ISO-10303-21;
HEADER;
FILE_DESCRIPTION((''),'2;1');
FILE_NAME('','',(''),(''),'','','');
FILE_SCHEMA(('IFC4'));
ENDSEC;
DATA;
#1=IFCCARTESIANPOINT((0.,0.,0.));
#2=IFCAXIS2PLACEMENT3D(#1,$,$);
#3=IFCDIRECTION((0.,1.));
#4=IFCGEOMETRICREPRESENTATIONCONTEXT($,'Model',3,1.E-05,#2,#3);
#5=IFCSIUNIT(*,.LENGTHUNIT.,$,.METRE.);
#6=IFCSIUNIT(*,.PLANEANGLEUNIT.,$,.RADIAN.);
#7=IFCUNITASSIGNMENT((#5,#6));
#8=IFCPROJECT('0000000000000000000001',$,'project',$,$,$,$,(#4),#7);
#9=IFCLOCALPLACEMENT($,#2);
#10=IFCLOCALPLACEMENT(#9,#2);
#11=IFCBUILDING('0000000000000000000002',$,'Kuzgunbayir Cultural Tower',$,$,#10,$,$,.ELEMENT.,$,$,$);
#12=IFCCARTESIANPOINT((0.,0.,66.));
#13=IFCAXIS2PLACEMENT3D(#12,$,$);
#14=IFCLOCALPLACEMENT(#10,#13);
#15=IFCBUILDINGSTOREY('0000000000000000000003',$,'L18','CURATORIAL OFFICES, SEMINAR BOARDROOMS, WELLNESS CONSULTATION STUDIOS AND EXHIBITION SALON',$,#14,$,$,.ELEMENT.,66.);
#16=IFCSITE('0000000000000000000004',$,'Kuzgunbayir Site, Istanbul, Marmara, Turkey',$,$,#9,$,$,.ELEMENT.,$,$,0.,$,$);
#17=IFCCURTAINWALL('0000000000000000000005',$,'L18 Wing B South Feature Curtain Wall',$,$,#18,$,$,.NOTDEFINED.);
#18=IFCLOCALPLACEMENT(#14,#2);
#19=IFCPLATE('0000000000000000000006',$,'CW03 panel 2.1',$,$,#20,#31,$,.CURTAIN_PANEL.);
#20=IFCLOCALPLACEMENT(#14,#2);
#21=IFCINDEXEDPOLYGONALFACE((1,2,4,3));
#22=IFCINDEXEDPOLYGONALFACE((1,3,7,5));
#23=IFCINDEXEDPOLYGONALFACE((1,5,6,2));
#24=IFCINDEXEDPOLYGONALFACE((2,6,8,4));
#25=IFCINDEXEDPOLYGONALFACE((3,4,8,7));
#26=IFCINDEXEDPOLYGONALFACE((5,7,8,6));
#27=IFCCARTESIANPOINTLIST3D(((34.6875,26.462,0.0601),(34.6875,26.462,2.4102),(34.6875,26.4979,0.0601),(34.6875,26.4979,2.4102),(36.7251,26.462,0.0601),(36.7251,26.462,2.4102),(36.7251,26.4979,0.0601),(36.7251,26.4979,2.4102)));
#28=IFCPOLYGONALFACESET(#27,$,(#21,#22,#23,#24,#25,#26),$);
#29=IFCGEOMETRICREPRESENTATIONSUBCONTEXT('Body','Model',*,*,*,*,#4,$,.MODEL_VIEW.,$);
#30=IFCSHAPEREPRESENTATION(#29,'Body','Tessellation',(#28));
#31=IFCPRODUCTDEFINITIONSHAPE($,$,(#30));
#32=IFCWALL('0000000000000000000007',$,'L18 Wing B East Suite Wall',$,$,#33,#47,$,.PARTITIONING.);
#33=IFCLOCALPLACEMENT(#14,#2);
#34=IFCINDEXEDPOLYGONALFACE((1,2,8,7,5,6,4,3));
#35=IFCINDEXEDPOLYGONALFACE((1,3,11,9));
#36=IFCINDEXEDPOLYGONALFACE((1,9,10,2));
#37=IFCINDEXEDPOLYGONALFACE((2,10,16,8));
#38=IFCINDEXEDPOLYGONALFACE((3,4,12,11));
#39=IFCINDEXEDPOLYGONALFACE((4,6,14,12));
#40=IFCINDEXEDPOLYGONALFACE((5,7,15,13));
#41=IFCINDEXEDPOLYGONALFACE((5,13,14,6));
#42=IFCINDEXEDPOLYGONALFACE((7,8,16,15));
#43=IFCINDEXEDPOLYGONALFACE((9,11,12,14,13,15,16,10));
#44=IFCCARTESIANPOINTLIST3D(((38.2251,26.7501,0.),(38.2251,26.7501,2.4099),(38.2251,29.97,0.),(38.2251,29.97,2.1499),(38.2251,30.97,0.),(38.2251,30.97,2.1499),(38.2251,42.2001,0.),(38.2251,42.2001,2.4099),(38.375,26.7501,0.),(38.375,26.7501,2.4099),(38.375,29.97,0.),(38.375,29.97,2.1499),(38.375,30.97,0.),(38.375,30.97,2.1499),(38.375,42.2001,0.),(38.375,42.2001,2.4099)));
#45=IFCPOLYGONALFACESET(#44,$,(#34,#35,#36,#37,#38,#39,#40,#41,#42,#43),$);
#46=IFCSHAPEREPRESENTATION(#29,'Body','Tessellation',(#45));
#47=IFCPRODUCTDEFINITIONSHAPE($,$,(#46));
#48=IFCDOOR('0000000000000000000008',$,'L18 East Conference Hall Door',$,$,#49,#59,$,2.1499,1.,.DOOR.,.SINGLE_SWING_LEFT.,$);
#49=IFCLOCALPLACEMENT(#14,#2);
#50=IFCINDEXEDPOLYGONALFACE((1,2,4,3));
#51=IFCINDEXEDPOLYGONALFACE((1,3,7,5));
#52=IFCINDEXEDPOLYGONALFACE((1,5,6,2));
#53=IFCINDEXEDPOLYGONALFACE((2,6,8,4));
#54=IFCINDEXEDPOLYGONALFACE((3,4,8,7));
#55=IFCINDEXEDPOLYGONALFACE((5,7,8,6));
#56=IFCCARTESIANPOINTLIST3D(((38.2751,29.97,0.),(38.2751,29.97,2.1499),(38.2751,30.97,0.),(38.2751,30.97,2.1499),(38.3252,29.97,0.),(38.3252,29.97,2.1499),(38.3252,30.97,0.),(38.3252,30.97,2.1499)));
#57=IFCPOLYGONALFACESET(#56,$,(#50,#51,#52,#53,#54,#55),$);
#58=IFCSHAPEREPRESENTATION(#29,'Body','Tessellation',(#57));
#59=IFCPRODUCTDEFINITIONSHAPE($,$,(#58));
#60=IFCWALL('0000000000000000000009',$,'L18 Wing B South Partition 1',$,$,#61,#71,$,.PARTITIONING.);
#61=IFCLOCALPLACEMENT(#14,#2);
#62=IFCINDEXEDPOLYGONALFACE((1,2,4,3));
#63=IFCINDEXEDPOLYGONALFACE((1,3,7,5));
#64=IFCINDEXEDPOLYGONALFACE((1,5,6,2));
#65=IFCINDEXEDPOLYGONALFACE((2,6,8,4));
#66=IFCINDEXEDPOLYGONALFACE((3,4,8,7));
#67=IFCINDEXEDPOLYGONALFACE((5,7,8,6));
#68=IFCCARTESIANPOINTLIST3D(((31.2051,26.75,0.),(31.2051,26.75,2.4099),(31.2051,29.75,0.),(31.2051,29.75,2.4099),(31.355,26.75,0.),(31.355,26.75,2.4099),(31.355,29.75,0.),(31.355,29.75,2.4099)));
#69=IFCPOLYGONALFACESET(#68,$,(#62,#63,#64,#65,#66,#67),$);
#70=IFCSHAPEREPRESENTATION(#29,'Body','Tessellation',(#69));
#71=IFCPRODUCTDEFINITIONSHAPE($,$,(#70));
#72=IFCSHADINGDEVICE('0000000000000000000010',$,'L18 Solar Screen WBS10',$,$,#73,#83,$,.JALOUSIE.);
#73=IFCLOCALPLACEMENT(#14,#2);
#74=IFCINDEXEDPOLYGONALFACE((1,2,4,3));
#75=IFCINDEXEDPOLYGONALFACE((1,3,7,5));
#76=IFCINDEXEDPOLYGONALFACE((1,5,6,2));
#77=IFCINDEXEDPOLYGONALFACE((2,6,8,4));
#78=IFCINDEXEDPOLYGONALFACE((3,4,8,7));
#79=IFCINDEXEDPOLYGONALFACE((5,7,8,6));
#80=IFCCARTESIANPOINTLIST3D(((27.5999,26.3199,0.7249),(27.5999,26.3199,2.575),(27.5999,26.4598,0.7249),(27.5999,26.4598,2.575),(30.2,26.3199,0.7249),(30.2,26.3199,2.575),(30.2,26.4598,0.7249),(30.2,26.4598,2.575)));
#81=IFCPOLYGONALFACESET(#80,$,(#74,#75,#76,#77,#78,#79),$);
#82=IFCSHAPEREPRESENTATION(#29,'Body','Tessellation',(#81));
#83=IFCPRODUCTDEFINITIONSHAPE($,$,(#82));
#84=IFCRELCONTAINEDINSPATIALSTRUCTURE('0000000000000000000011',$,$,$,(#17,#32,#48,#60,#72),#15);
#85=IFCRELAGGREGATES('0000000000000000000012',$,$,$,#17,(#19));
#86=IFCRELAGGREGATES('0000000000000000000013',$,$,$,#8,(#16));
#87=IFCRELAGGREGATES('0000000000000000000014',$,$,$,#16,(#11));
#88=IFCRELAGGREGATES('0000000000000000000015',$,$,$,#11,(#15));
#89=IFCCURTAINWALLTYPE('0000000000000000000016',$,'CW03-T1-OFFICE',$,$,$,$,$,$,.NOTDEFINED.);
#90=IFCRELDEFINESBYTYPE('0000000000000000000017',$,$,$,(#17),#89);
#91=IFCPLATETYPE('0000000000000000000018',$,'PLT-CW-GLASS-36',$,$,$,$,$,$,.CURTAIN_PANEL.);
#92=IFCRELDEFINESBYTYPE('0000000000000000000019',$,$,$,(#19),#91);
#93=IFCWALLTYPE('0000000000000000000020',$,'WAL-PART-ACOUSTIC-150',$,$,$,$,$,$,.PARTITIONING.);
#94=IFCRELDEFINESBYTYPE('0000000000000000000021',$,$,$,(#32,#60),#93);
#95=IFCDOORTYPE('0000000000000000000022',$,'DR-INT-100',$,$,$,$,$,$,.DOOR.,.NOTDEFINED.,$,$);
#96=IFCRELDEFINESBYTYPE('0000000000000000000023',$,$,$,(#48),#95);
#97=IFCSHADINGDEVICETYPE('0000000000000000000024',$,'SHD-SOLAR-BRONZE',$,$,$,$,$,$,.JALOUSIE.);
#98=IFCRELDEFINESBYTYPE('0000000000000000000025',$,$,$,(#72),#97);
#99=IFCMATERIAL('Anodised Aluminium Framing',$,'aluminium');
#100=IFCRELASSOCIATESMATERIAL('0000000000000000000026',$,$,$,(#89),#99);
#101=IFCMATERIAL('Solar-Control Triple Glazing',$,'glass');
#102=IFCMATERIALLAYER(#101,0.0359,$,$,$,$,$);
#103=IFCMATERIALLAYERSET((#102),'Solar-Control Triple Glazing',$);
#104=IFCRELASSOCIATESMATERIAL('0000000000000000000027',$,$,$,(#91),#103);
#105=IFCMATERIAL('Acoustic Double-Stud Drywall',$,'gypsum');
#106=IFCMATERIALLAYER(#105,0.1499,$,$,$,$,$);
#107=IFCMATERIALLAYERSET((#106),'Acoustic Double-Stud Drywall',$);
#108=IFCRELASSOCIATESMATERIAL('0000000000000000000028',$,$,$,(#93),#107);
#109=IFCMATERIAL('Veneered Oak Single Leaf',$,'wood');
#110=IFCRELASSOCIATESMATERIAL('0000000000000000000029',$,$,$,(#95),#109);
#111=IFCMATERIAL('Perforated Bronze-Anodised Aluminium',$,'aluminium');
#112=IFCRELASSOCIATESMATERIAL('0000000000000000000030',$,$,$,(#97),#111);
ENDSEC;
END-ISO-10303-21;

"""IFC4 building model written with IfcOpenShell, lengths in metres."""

from ifc_helpers import new_model, si_unit, direction, frame, frame_2d, origin, origin_2d, place, context, subcontext, project, spatial, rectangle, extrude, material, layer, layer_set, type_object, element, fill, aggregate, save


model = new_model("IFC4")

# Units and contexts
model_context = context("Model", 3, precision=1e-05, world=origin(), true_north=direction((0.0, 1.0)))
body_context = subcontext(model_context, "Body", "Model", "MODEL_VIEW")
ifc_project = project(units=[si_unit("LENGTHUNIT", "METRE"), si_unit("PLANEANGLEUNIT", "RADIAN")], contexts=[model_context])

# Site, building, storey
site_placement = place(None, origin())
site = spatial("IfcSite", under=ifc_project, at=site_placement, Name="Kuzgunbayir Site, Istanbul, Marmara, Turkey", CompositionType="ELEMENT", RefElevation=0.0)
building_placement = place(site_placement, origin())
building = spatial("IfcBuilding", under=site, at=building_placement, Name="Kuzgunbayir Cultural Tower", CompositionType="ELEMENT")
storey_placement = place(building_placement, frame((0.0, 0.0, 66.0)))
storey = spatial("IfcBuildingStorey", under=building, at=storey_placement, Name="L18", Description="CURATORIAL OFFICES, SEMINAR BOARDROOMS, WELLNESS CONSULTATION STUDIOS AND EXHIBITION SALON", CompositionType="ELEMENT", Elevation=66.0)

# Curtain wall, plate
ifc_material_1 = material(Name="Anodised Aluminium Framing", Category="aluminium")
curtain_wall_type = type_object("IfcCurtainWallType", Name="CW03-T1-OFFICE", PredefinedType="NOTDEFINED", material=ifc_material_1)
curtain_wall_placement = place(storey_placement, origin())
curtain_wall = element("IfcCurtainWall", 1, at=curtain_wall_placement, inside=storey, type_object=curtain_wall_type, Name="L18 Wing B South Feature Curtain Wall", PredefinedType="NOTDEFINED")
ifc_material_2 = material(Name="Solar-Control Triple Glazing", Category="glass")
ifc_layer_1 = layer(ifc_material_2, 0.0359)
ifc_layer_set_1 = layer_set([ifc_layer_1], Name="Solar-Control Triple Glazing")
plate_type = type_object("IfcPlateType", Name="PLT-CW-GLASS-36", PredefinedType="CURTAIN_PANEL", material=ifc_layer_set_1)
plate_1_placement = place(storey_placement, frame((35.7063, 26.48, 0.0601), z_axis=(0.0, 0.0, 1.0), x_axis=(1.0, 0.0, 0.0)))
plate_1 = element("IfcPlate", 2, at=plate_1_placement, type_object=plate_type, Name="CW03 panel 2.1", PredefinedType="CURTAIN_PANEL", context=body_context, shape_type="SweptSolid", body=[
    extrude(rectangle(XDim=2.0376, YDim=0.0359, at=origin_2d()), origin(), (0.0, 0.0, 1.0), 2.3501),
])
aggregate(curtain_wall, [plate_1])

# Wall, opening, door
ifc_material_3 = material(Name="Acoustic Double-Stud Drywall", Category="gypsum")
ifc_layer_2 = layer(ifc_material_3, 0.1499)
ifc_layer_set_2 = layer_set([ifc_layer_2], Name="Acoustic Double-Stud Drywall")
wall_type = type_object("IfcWallType", Name="WAL-PART-ACOUSTIC-150", PredefinedType="PARTITIONING", material=ifc_layer_set_2)
wall_1_placement = place(storey_placement, frame((38.3, 26.75, 0.0), z_axis=(0.0, 0.0, 1.0), x_axis=(0.0, 1.0, 0.0)))
wall_1 = element("IfcWall", 3, at=wall_1_placement, inside=storey, type_object=wall_type, Name="L18 Wing B East Suite Wall", PredefinedType="PARTITIONING", context=body_context, shape_type="SweptSolid", body=[
    extrude(rectangle(XDim=15.45, YDim=0.1499, at=frame_2d((7.7251, 0.0))), origin(), (0.0, 0.0, 1.0), 2.4099),
])
opening_placement = place(wall_1_placement, frame((3.22, 0.0, 0.0)))
opening = element("IfcOpeningElement", 4, at=opening_placement, cuts=wall_1, PredefinedType="OPENING", context=body_context, shape_type="SweptSolid", body=[
    extrude(rectangle(XDim=1.0, YDim=2.1499, at=frame_2d((0.5, 1.075))), frame((0.0, 0.085, 0.0), z_axis=(0.0, -1.0, 0.0), x_axis=(1.0, 0.0, 0.0)), (0.0, 0.0, 1.0), 0.1699),
])
ifc_material_4 = material(Name="Veneered Oak Single Leaf", Category="wood")
door_type = type_object("IfcDoorType", Name="DR-INT-100", OperationType="NOTDEFINED", PredefinedType="DOOR", material=ifc_material_4)
door_placement = place(opening_placement, origin())
door = element("IfcDoor", 5, at=door_placement, inside=storey, type_object=door_type, Name="L18 East Conference Hall Door", OperationType="SINGLE_SWING_LEFT", OverallHeight=2.1499, OverallWidth=1.0, PredefinedType="DOOR", context=body_context, shape_type="SweptSolid", body=[
    extrude(rectangle(XDim=1.0, YDim=2.1499, at=frame_2d((0.5, 1.075))), frame((0.0, 0.0249, 0.0), z_axis=(0.0, -1.0, 0.0), x_axis=(1.0, 0.0, 0.0)), (0.0, 0.0, 1.0), 0.05),
])
fill(opening, door)

# Wall
wall_2_placement = place(storey_placement, frame((31.28, 26.75, 0.0), z_axis=(0.0, 0.0, 1.0), x_axis=(0.0, 1.0, 0.0)))
element("IfcWall", 6, at=wall_2_placement, inside=storey, type_object=wall_type, Name="L18 Wing B South Partition 1", PredefinedType="PARTITIONING", context=body_context, shape_type="SweptSolid", body=[
    extrude(rectangle(XDim=3.0, YDim=0.1499, at=frame_2d((1.5, 0.0))), origin(), (0.0, 0.0, 1.0), 2.4099),
])

# Shading device
ifc_material_5 = material(Name="Perforated Bronze-Anodised Aluminium", Category="aluminium")
shading_device_type = type_object("IfcShadingDeviceType", Name="SHD-SOLAR-BRONZE", PredefinedType="JALOUSIE", material=ifc_material_5)
shading_device_placement = place(storey_placement, frame((28.8999, 26.3899, 0.7249), z_axis=(0.0, 0.0, 1.0), x_axis=(1.0, 0.0, 0.0)))
element("IfcShadingDevice", 7, at=shading_device_placement, inside=storey, type_object=shading_device_type, Name="L18 Solar Screen WBS10", PredefinedType="JALOUSIE", context=body_context, shape_type="SweptSolid", body=[
    extrude(rectangle(XDim=2.6001, YDim=0.1399, at=origin_2d()), origin(), (0.0, 0.0, 1.0), 1.8501),
])

save(model, "model.ifc")
